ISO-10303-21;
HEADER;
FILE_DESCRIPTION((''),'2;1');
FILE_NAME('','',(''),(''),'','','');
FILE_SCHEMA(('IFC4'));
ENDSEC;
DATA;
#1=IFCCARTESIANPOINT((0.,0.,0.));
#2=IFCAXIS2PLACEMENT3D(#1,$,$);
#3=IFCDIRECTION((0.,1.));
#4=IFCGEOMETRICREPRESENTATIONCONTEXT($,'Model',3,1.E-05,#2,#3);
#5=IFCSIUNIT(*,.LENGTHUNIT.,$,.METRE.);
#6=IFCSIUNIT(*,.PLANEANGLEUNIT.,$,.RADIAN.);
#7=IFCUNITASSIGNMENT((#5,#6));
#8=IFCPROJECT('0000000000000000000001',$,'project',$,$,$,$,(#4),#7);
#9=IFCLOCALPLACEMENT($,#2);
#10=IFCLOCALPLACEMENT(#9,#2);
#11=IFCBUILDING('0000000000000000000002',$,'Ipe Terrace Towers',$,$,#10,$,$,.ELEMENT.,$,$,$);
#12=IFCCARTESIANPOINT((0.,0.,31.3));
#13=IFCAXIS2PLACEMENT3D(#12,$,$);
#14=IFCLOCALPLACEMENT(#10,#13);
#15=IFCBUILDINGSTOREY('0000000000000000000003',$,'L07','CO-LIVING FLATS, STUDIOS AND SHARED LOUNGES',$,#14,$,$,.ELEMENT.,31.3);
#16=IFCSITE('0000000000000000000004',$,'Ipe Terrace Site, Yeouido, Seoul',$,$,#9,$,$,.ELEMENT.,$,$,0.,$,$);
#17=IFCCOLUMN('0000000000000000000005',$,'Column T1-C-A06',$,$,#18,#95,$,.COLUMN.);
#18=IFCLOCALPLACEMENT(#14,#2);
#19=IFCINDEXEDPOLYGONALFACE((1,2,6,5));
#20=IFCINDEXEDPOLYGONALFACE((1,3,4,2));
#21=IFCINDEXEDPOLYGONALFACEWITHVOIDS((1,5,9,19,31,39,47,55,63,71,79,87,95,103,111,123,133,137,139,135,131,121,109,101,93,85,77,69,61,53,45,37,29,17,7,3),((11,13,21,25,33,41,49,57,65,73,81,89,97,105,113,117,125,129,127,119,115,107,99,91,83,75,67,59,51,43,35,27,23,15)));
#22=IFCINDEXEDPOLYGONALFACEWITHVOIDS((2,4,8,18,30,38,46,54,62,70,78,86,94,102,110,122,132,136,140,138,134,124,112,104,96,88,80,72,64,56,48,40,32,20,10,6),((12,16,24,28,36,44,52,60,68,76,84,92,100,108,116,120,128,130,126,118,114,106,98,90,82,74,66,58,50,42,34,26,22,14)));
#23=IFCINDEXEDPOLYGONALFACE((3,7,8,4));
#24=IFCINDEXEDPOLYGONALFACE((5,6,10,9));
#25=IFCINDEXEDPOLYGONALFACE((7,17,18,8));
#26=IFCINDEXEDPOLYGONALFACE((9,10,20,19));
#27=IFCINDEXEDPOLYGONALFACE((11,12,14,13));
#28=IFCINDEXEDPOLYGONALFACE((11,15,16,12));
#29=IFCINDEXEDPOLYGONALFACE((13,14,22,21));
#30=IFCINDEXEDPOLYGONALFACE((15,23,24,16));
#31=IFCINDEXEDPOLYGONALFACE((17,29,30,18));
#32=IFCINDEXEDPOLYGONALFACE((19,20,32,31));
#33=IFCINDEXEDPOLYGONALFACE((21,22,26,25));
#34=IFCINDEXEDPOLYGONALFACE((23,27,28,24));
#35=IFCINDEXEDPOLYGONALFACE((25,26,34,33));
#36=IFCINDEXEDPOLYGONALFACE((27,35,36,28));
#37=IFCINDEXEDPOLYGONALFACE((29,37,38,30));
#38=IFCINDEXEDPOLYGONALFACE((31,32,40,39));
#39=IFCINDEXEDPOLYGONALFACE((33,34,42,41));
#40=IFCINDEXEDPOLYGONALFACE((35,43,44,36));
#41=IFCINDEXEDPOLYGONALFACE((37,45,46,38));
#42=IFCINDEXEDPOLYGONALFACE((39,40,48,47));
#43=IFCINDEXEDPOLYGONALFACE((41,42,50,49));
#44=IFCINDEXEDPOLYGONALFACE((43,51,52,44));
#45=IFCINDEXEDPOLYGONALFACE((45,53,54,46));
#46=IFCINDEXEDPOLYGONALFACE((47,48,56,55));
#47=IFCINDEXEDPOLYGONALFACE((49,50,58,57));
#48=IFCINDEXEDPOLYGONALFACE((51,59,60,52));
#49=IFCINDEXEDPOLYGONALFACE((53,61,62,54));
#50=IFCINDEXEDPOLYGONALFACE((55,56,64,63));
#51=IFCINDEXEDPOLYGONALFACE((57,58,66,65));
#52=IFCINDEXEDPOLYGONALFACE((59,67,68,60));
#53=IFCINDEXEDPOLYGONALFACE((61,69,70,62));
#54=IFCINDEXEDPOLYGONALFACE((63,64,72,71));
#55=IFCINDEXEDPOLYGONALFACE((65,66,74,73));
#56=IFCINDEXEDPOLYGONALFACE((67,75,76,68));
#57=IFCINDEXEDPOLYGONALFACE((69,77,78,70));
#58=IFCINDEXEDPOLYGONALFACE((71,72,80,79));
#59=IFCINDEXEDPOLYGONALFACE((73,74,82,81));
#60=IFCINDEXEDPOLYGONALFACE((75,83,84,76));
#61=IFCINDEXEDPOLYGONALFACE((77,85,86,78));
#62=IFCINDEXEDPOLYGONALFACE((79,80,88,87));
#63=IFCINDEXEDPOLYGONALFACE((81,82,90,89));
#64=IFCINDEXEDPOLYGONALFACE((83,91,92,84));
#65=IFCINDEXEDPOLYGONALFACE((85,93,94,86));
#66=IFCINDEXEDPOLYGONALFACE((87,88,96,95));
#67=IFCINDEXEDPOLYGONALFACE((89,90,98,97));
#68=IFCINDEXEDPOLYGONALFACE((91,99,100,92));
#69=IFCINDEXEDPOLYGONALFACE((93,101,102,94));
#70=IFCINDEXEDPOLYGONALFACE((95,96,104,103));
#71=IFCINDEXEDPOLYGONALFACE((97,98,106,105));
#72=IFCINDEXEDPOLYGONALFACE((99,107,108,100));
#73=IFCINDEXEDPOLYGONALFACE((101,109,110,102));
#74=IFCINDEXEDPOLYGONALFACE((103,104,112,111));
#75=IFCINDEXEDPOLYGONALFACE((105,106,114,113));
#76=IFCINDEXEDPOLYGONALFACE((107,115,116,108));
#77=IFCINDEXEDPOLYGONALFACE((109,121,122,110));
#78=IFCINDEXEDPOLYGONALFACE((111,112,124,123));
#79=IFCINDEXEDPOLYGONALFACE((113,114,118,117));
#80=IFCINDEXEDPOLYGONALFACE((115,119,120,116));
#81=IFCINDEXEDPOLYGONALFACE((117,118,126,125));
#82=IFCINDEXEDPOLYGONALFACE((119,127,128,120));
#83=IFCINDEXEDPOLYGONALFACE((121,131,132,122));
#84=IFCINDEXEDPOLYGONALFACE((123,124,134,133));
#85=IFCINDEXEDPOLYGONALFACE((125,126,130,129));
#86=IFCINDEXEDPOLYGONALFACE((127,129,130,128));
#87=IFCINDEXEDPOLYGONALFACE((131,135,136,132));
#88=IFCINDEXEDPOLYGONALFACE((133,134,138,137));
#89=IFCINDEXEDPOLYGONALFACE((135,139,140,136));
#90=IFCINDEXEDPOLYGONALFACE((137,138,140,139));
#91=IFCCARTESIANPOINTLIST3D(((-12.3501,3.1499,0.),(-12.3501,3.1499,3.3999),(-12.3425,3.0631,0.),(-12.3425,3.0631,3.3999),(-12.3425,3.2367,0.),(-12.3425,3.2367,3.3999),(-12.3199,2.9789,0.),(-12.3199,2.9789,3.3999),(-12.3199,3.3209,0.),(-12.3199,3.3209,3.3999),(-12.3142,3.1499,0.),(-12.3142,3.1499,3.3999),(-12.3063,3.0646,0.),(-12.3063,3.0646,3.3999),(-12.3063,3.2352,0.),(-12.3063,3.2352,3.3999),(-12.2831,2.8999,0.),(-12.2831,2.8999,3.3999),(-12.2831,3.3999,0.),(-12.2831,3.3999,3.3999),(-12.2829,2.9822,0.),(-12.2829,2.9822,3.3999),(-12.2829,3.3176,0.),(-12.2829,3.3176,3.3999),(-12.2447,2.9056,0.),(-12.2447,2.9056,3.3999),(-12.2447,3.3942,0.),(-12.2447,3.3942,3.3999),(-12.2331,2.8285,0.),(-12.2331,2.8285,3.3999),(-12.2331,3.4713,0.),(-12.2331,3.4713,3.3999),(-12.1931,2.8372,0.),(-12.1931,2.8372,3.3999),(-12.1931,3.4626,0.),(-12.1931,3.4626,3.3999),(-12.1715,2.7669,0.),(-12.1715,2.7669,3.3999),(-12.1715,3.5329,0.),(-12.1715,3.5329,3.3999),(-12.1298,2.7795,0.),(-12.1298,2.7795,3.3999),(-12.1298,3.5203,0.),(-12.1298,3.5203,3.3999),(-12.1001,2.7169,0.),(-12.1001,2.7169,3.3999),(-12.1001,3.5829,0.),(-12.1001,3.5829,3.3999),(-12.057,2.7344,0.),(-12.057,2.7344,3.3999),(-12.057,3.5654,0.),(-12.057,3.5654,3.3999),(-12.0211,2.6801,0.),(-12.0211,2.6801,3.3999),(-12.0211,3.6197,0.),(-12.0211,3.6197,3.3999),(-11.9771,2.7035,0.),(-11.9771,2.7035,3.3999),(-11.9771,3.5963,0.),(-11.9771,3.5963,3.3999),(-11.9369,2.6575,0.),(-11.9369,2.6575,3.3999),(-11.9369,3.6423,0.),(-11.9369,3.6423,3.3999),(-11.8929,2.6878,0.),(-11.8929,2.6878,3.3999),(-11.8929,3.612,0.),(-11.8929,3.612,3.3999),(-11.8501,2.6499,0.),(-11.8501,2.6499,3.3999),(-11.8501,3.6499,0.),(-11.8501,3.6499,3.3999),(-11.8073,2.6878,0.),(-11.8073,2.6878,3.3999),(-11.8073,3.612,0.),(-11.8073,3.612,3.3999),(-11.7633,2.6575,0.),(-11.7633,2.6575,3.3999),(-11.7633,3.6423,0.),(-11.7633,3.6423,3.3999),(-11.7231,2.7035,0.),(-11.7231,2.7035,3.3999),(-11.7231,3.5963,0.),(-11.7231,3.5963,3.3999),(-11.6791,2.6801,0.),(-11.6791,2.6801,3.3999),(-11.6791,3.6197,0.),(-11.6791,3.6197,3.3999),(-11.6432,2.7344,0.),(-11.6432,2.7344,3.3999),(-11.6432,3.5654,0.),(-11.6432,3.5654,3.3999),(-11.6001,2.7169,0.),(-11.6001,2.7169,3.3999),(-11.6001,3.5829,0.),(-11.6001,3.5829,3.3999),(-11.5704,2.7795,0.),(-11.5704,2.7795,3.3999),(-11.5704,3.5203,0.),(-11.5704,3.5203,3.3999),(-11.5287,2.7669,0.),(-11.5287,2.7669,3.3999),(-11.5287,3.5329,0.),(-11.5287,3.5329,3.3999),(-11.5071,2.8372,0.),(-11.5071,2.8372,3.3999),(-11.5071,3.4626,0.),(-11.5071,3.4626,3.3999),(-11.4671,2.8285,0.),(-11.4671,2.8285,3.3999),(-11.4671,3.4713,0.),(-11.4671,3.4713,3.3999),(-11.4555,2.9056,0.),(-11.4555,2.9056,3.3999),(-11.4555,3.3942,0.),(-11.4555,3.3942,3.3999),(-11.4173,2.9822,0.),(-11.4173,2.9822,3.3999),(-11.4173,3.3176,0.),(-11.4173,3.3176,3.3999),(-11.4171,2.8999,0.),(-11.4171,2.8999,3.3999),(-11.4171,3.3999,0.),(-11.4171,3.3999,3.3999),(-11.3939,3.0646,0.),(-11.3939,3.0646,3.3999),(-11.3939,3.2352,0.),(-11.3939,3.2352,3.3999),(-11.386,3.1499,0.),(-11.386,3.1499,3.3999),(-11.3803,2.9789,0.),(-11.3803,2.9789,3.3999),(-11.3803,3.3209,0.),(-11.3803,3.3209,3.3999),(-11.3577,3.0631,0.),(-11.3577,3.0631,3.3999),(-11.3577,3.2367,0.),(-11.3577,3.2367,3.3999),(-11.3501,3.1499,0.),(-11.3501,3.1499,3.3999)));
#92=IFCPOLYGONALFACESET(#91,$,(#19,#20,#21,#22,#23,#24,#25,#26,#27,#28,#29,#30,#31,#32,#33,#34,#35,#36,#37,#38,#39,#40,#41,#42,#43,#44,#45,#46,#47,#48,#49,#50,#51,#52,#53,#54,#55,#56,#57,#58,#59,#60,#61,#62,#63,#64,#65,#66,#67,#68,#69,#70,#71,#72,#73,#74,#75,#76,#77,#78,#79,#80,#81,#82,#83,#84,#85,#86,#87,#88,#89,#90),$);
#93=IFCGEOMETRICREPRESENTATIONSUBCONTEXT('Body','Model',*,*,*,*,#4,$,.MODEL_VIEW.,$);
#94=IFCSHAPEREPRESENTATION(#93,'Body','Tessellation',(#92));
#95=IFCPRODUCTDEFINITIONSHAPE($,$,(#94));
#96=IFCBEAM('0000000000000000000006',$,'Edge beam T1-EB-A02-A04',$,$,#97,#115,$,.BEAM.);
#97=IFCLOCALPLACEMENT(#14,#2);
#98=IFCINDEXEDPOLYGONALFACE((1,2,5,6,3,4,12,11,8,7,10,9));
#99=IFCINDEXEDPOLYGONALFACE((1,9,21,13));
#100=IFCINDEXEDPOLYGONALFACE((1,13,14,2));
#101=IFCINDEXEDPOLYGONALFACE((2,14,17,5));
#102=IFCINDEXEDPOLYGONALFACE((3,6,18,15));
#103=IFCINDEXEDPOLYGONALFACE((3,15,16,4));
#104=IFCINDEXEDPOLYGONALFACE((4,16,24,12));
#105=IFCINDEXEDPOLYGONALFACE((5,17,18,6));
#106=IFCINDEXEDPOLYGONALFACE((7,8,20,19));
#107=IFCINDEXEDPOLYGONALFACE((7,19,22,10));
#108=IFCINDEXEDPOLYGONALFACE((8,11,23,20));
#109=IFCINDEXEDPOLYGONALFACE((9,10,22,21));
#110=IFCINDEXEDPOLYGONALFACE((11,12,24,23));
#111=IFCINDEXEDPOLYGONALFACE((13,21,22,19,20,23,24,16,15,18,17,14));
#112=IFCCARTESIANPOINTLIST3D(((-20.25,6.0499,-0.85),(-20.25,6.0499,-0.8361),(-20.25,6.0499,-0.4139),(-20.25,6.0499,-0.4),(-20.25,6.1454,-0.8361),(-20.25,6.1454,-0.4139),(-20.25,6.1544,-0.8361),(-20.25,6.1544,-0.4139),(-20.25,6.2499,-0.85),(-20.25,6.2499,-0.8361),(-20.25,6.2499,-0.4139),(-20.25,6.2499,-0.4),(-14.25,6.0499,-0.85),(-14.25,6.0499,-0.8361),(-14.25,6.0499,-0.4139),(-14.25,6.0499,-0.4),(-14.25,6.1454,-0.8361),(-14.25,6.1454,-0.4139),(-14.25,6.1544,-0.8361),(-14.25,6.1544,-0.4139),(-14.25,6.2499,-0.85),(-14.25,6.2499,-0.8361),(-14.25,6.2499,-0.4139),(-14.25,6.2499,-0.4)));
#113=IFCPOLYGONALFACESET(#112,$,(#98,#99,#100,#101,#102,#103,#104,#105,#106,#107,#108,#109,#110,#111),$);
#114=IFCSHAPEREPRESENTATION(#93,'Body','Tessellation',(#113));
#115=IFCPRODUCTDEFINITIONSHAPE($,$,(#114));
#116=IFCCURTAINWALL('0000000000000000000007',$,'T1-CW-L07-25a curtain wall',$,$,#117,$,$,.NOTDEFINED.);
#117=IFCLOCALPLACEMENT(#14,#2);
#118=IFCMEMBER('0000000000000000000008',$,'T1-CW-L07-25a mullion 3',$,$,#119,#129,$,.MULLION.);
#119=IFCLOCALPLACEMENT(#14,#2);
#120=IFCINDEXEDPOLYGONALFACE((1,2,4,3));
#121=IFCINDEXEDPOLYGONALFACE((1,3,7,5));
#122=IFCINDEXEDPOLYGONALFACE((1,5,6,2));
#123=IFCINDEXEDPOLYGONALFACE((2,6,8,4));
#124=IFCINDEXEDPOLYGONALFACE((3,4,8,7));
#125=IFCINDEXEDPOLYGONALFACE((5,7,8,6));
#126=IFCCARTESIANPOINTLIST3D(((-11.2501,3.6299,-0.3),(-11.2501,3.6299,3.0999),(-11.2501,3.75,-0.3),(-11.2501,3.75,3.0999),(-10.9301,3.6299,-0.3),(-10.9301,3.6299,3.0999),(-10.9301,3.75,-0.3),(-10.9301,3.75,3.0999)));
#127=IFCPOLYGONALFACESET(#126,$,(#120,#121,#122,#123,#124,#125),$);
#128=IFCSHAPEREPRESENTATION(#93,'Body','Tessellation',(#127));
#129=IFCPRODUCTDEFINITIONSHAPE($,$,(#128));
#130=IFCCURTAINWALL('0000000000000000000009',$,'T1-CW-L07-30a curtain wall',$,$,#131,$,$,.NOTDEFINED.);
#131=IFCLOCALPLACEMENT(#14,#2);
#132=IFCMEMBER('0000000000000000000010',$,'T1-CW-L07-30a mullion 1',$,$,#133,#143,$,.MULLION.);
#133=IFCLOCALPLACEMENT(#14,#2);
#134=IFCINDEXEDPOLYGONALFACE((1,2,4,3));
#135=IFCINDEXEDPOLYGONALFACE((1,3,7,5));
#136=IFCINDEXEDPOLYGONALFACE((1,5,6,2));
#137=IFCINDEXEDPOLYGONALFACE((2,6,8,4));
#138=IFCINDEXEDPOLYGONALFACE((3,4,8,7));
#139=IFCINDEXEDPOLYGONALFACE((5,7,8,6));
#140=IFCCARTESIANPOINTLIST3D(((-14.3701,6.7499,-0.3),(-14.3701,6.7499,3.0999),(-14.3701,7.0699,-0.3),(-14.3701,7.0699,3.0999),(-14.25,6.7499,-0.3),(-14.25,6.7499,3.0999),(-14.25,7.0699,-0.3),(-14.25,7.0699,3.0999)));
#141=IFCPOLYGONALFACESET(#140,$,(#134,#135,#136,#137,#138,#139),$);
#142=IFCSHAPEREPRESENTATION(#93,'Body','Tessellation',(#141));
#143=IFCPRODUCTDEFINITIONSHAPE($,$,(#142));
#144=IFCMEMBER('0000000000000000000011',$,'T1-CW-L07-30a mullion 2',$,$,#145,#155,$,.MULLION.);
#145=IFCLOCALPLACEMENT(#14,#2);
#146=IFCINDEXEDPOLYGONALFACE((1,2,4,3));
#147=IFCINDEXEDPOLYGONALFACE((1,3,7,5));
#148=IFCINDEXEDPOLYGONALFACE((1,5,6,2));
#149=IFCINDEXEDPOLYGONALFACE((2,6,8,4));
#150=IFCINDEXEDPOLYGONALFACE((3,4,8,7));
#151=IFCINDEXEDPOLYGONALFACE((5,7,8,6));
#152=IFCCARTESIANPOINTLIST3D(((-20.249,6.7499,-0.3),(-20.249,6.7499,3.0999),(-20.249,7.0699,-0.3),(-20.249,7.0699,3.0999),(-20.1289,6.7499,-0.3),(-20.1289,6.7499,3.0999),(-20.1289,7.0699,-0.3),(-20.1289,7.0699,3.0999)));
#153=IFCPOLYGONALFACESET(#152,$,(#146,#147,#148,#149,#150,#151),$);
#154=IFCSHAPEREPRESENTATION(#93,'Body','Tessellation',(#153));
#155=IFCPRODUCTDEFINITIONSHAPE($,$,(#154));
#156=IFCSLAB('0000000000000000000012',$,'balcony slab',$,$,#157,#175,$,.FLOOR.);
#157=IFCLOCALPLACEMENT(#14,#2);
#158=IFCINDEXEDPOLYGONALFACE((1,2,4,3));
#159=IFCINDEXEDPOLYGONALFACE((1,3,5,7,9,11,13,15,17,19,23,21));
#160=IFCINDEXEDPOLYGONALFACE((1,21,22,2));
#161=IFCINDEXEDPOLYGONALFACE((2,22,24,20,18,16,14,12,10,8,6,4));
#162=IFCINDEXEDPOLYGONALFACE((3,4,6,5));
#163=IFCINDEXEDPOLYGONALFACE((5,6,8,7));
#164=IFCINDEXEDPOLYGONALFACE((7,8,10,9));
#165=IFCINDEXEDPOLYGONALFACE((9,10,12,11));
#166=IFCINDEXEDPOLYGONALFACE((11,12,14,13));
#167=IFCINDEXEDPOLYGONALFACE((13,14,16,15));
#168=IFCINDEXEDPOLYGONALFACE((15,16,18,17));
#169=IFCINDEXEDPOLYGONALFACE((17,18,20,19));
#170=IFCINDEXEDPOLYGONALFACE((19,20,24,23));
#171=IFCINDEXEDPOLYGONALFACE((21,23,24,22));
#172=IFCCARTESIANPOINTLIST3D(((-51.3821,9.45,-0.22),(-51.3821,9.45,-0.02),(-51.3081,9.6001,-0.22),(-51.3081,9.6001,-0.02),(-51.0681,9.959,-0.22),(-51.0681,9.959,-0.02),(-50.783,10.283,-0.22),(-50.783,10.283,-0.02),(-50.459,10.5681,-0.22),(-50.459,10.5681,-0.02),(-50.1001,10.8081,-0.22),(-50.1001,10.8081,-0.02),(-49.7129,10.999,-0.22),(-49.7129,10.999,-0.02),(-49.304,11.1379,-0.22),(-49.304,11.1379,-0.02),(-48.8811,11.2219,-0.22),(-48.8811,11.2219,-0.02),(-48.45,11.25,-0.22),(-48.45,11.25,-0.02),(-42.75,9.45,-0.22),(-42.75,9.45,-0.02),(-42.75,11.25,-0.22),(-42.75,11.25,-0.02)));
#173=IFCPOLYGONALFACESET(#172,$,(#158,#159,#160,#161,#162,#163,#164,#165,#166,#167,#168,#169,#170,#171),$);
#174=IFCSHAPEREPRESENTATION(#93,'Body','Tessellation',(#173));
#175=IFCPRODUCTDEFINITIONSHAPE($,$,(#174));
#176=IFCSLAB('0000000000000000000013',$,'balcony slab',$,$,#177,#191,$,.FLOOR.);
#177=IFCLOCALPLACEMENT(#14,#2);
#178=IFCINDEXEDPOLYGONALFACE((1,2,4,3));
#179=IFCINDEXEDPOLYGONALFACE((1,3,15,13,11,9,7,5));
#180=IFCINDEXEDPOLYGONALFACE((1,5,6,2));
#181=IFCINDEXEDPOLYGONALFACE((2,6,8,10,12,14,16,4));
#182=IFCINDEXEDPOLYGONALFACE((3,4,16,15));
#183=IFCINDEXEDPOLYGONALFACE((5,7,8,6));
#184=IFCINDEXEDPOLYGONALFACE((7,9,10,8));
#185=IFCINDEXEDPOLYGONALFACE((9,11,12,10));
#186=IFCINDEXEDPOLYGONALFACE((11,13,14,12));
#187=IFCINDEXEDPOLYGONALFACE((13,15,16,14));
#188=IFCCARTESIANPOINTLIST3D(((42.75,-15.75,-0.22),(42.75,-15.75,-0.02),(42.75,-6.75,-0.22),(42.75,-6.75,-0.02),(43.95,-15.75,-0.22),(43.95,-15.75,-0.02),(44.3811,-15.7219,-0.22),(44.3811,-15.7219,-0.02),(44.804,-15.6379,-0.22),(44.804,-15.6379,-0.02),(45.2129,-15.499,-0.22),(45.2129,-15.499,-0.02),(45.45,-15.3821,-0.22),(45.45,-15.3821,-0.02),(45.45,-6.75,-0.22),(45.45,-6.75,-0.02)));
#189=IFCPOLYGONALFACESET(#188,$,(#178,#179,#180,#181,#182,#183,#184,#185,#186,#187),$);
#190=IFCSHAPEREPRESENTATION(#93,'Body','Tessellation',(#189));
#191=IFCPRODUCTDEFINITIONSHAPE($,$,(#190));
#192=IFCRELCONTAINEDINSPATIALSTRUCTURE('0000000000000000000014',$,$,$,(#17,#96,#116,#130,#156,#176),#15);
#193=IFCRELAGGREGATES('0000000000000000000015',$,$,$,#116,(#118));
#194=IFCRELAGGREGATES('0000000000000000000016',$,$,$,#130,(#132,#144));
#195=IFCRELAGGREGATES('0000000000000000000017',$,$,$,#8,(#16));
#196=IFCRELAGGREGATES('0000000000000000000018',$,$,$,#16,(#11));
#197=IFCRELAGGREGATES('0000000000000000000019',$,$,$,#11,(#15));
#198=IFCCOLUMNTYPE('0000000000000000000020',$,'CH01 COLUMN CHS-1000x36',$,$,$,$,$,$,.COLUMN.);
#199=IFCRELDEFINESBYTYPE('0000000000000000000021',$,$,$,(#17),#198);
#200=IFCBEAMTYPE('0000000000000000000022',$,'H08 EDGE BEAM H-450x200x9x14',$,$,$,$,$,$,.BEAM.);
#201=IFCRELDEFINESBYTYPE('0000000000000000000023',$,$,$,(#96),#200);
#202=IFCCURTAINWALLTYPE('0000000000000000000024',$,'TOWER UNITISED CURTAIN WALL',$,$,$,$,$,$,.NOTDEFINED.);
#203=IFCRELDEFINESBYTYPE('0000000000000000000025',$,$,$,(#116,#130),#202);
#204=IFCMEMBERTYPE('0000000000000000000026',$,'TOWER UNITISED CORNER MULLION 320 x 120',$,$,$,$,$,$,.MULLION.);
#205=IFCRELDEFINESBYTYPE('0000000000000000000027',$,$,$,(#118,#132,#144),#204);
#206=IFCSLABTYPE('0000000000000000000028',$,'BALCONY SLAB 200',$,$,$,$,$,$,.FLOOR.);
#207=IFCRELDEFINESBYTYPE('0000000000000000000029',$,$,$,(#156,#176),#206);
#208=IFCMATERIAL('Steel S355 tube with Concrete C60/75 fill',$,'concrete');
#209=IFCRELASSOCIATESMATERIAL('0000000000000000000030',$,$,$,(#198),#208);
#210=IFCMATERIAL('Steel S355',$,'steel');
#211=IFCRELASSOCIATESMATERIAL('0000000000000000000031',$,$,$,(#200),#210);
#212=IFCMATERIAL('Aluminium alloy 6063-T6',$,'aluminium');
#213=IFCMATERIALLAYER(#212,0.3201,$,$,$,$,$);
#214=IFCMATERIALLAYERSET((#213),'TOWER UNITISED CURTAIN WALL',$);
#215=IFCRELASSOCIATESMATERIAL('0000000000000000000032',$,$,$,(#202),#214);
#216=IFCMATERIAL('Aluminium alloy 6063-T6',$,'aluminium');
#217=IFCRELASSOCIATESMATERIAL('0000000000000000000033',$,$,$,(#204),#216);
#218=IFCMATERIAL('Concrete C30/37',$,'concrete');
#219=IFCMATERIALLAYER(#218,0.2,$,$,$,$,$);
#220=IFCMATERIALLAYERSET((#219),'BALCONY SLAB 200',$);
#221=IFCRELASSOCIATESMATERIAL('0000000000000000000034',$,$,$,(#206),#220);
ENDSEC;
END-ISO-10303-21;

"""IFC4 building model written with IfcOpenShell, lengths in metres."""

from ifc_helpers import new_model, si_unit, direction, frame, origin, origin_2d, place, context, subcontext, project, spatial, polyline, rectangle, hollow_circle, i_section, outline, extrude, material, layer, layer_set, material_profile, profile_set, type_object, element, aggregate, save


model = new_model("IFC4")

# Units and contexts
model_context = context("Model", 3, precision=1e-05, world=origin(), true_north=direction((0.0, 1.0)))
body_context = subcontext(model_context, "Body", "Model", "MODEL_VIEW")
ifc_project = project(units=[si_unit("LENGTHUNIT", "METRE"), si_unit("PLANEANGLEUNIT", "RADIAN")], contexts=[model_context])

# Site, building, storey
site_placement = place(None, origin())
site = spatial("IfcSite", under=ifc_project, at=site_placement, Name="Ipe Terrace Site, Yeouido, Seoul", CompositionType="ELEMENT", RefElevation=0.0)
building_placement = place(site_placement, origin())
building = spatial("IfcBuilding", under=site, at=building_placement, Name="Ipe Terrace Towers", CompositionType="ELEMENT")
storey_placement = place(building_placement, frame((0.0, 0.0, 31.3)))
storey = spatial("IfcBuildingStorey", under=building, at=storey_placement, Name="L07", Description="CO-LIVING FLATS, STUDIOS AND SHARED LOUNGES", CompositionType="ELEMENT", Elevation=31.3)

# Column
ifc_material_1 = material(Name="Steel S355 tube with Concrete C60/75 fill", Category="concrete")
ifc_material_profile_1 = material_profile(ifc_material_1, hollow_circle(Radius=0.5, WallThickness=0.0359, at=origin_2d()), Name="CHS-1000x36")
ifc_profile_set_1 = profile_set([ifc_material_profile_1], Name="Steel S355 tube with Concrete C60/75 fill")
column_type = type_object("IfcColumnType", Name="CH01 COLUMN CHS-1000x36", PredefinedType="COLUMN", material=ifc_profile_set_1)
for number, where, z_axis, x_axis, name in (
    (1, (-11.8501, 3.1499, 0.0), (0.0, 0.0, 1.0), (1.0, 0.0, 0.0), "Column T1-C-A06"),
):
    element("IfcColumn", number, at=place(storey_placement, frame(where, z_axis=z_axis, x_axis=x_axis)), inside=storey, type_object=column_type, Name=name, PredefinedType="COLUMN", context=body_context, shape_type="SweptSolid", body=[
        extrude(hollow_circle(Radius=0.5, WallThickness=0.0359, at=origin_2d()), origin(), (0.0, 0.0, 1.0), 3.3999),
    ])

# Beam
ifc_material_2 = material(Name="Steel S355", Category="steel")
ifc_material_profile_2 = material_profile(ifc_material_2, i_section(OverallWidth=0.2, OverallDepth=0.45, WebThickness=0.009, FlangeThickness=0.0139, at=origin_2d()), Name="H-450x200x9x14")
ifc_profile_set_2 = profile_set([ifc_material_profile_2], Name="Steel S355")
beam_type = type_object("IfcBeamType", Name="H08 EDGE BEAM H-450x200x9x14", PredefinedType="BEAM", material=ifc_profile_set_2)
beam_placement = place(storey_placement, frame((-20.25, 6.1499, -0.625), z_axis=(1.0, 0.0, 0.0), x_axis=(0.0, 1.0, 0.0)))
element("IfcBeam", 2, at=beam_placement, inside=storey, type_object=beam_type, Name="Edge beam T1-EB-A02-A04", PredefinedType="BEAM", context=body_context, shape_type="SweptSolid", body=[
    extrude(i_section(OverallWidth=0.2, OverallDepth=0.45, WebThickness=0.009, FlangeThickness=0.0139, at=origin_2d()), origin(), (0.0, 0.0, 1.0), 6.0),
])

# Curtain wall, member
ifc_material_3 = material(Name="Aluminium alloy 6063-T6", Category="aluminium")
ifc_layer_1 = layer(ifc_material_3, 0.3201)
ifc_layer_set_1 = layer_set([ifc_layer_1], Name="TOWER UNITISED CURTAIN WALL")
curtain_wall_type = type_object("IfcCurtainWallType", Name="TOWER UNITISED CURTAIN WALL", PredefinedType="NOTDEFINED", material=ifc_layer_set_1)
curtain_wall_1_placement = place(storey_placement, origin())
curtain_wall_1 = element("IfcCurtainWall", 3, at=curtain_wall_1_placement, inside=storey, type_object=curtain_wall_type, Name="T1-CW-L07-25a curtain wall", PredefinedType="NOTDEFINED")
ifc_material_4 = material(Name="Aluminium alloy 6063-T6", Category="aluminium")
ifc_material_profile_3 = material_profile(ifc_material_4, rectangle(XDim=0.3201, YDim=0.1201, at=origin_2d()), Name="TOWER UNITISED CORNER MULLION 320 x 120")
ifc_profile_set_3 = profile_set([ifc_material_profile_3], Name="Aluminium alloy 6063-T6")
member_type = type_object("IfcMemberType", Name="TOWER UNITISED CORNER MULLION 320 x 120", PredefinedType="MULLION", material=ifc_profile_set_3)
member_1_placement = place(storey_placement, frame((-11.0901, 3.6899, -0.3), z_axis=(0.0, 0.0, 1.0), x_axis=(1.0, 0.0, 0.0)))
member_1 = element("IfcMember", 4, at=member_1_placement, type_object=member_type, Name="T1-CW-L07-25a mullion 3", PredefinedType="MULLION", context=body_context, shape_type="SweptSolid", body=[
    extrude(rectangle(XDim=0.3201, YDim=0.1201, at=origin_2d()), origin(), (0.0, 0.0, 1.0), 3.3999),
])

# Curtain wall, members
curtain_wall_2_placement = place(storey_placement, origin())
curtain_wall_2 = element("IfcCurtainWall", 5, at=curtain_wall_2_placement, inside=storey, type_object=curtain_wall_type, Name="T1-CW-L07-30a curtain wall", PredefinedType="NOTDEFINED")
member_2_placement = place(storey_placement, frame((-14.3101, 6.9099, -0.3), z_axis=(0.0, 0.0, 1.0), x_axis=(0.0, 1.0, 0.0)))
member_2 = element("IfcMember", 6, at=member_2_placement, type_object=member_type, Name="T1-CW-L07-30a mullion 1", PredefinedType="MULLION", context=body_context, shape_type="SweptSolid", body=[
    extrude(rectangle(XDim=0.3201, YDim=0.1201, at=origin_2d()), origin(), (0.0, 0.0, 1.0), 3.3999),
])
member_3_placement = place(storey_placement, frame((-20.189, 6.9099, -0.3), z_axis=(0.0, 0.0, 1.0), x_axis=(0.0, 1.0, 0.0)))
member_3 = element("IfcMember", 7, at=member_3_placement, type_object=member_type, Name="T1-CW-L07-30a mullion 2", PredefinedType="MULLION", context=body_context, shape_type="SweptSolid", body=[
    extrude(rectangle(XDim=0.3201, YDim=0.1201, at=origin_2d()), origin(), (0.0, 0.0, 1.0), 3.3999),
])

# Slabs
ifc_material_5 = material(Name="Concrete C30/37", Category="concrete")
ifc_layer_2 = layer(ifc_material_5, 0.2)
ifc_layer_set_2 = layer_set([ifc_layer_2], Name="BALCONY SLAB 200")
slab_type_1 = type_object("IfcSlabType", Name="BALCONY SLAB 200", PredefinedType="FLOOR", material=ifc_layer_set_2)
slab_1_placement = place(storey_placement, frame((0.0, 0.0, -0.22)))
element("IfcSlab", 8, at=slab_1_placement, inside=storey, type_object=slab_type_1, Name="balcony slab", PredefinedType="FLOOR", context=body_context, shape_type="SweptSolid", body=[
    extrude(outline(polyline([(-42.75, 11.25), (-48.45, 11.25), (-48.8811, 11.2219), (-49.304, 11.1379), (-49.7129, 10.999), (-50.1001, 10.8081), (-50.459, 10.5681), (-50.783, 10.283), (-51.0681, 9.959), (-51.3081, 9.6001), (-51.3821, 9.45), (-42.75, 9.45), (-42.75, 11.25)])), origin(), (0.0, 0.0, 1.0), 0.2),
])
slab_2_placement = place(storey_placement, frame((0.0, 0.0, -0.22)))
element("IfcSlab", 9, at=slab_2_placement, inside=storey, type_object=slab_type_1, Name="balcony slab", PredefinedType="FLOOR", context=body_context, shape_type="SweptSolid", body=[
    extrude(outline(polyline([(45.2129, -15.499), (45.45, -15.3821), (45.45, -6.75), (42.75, -6.75), (42.75, -15.75), (43.95, -15.75), (44.3811, -15.7219), (44.804, -15.6379), (45.2129, -15.499)])), origin(), (0.0, 0.0, 1.0), 0.2),
])

aggregate(curtain_wall_1, [member_1])
aggregate(curtain_wall_2, [member_2, member_3])

save(model, "model.ifc")
